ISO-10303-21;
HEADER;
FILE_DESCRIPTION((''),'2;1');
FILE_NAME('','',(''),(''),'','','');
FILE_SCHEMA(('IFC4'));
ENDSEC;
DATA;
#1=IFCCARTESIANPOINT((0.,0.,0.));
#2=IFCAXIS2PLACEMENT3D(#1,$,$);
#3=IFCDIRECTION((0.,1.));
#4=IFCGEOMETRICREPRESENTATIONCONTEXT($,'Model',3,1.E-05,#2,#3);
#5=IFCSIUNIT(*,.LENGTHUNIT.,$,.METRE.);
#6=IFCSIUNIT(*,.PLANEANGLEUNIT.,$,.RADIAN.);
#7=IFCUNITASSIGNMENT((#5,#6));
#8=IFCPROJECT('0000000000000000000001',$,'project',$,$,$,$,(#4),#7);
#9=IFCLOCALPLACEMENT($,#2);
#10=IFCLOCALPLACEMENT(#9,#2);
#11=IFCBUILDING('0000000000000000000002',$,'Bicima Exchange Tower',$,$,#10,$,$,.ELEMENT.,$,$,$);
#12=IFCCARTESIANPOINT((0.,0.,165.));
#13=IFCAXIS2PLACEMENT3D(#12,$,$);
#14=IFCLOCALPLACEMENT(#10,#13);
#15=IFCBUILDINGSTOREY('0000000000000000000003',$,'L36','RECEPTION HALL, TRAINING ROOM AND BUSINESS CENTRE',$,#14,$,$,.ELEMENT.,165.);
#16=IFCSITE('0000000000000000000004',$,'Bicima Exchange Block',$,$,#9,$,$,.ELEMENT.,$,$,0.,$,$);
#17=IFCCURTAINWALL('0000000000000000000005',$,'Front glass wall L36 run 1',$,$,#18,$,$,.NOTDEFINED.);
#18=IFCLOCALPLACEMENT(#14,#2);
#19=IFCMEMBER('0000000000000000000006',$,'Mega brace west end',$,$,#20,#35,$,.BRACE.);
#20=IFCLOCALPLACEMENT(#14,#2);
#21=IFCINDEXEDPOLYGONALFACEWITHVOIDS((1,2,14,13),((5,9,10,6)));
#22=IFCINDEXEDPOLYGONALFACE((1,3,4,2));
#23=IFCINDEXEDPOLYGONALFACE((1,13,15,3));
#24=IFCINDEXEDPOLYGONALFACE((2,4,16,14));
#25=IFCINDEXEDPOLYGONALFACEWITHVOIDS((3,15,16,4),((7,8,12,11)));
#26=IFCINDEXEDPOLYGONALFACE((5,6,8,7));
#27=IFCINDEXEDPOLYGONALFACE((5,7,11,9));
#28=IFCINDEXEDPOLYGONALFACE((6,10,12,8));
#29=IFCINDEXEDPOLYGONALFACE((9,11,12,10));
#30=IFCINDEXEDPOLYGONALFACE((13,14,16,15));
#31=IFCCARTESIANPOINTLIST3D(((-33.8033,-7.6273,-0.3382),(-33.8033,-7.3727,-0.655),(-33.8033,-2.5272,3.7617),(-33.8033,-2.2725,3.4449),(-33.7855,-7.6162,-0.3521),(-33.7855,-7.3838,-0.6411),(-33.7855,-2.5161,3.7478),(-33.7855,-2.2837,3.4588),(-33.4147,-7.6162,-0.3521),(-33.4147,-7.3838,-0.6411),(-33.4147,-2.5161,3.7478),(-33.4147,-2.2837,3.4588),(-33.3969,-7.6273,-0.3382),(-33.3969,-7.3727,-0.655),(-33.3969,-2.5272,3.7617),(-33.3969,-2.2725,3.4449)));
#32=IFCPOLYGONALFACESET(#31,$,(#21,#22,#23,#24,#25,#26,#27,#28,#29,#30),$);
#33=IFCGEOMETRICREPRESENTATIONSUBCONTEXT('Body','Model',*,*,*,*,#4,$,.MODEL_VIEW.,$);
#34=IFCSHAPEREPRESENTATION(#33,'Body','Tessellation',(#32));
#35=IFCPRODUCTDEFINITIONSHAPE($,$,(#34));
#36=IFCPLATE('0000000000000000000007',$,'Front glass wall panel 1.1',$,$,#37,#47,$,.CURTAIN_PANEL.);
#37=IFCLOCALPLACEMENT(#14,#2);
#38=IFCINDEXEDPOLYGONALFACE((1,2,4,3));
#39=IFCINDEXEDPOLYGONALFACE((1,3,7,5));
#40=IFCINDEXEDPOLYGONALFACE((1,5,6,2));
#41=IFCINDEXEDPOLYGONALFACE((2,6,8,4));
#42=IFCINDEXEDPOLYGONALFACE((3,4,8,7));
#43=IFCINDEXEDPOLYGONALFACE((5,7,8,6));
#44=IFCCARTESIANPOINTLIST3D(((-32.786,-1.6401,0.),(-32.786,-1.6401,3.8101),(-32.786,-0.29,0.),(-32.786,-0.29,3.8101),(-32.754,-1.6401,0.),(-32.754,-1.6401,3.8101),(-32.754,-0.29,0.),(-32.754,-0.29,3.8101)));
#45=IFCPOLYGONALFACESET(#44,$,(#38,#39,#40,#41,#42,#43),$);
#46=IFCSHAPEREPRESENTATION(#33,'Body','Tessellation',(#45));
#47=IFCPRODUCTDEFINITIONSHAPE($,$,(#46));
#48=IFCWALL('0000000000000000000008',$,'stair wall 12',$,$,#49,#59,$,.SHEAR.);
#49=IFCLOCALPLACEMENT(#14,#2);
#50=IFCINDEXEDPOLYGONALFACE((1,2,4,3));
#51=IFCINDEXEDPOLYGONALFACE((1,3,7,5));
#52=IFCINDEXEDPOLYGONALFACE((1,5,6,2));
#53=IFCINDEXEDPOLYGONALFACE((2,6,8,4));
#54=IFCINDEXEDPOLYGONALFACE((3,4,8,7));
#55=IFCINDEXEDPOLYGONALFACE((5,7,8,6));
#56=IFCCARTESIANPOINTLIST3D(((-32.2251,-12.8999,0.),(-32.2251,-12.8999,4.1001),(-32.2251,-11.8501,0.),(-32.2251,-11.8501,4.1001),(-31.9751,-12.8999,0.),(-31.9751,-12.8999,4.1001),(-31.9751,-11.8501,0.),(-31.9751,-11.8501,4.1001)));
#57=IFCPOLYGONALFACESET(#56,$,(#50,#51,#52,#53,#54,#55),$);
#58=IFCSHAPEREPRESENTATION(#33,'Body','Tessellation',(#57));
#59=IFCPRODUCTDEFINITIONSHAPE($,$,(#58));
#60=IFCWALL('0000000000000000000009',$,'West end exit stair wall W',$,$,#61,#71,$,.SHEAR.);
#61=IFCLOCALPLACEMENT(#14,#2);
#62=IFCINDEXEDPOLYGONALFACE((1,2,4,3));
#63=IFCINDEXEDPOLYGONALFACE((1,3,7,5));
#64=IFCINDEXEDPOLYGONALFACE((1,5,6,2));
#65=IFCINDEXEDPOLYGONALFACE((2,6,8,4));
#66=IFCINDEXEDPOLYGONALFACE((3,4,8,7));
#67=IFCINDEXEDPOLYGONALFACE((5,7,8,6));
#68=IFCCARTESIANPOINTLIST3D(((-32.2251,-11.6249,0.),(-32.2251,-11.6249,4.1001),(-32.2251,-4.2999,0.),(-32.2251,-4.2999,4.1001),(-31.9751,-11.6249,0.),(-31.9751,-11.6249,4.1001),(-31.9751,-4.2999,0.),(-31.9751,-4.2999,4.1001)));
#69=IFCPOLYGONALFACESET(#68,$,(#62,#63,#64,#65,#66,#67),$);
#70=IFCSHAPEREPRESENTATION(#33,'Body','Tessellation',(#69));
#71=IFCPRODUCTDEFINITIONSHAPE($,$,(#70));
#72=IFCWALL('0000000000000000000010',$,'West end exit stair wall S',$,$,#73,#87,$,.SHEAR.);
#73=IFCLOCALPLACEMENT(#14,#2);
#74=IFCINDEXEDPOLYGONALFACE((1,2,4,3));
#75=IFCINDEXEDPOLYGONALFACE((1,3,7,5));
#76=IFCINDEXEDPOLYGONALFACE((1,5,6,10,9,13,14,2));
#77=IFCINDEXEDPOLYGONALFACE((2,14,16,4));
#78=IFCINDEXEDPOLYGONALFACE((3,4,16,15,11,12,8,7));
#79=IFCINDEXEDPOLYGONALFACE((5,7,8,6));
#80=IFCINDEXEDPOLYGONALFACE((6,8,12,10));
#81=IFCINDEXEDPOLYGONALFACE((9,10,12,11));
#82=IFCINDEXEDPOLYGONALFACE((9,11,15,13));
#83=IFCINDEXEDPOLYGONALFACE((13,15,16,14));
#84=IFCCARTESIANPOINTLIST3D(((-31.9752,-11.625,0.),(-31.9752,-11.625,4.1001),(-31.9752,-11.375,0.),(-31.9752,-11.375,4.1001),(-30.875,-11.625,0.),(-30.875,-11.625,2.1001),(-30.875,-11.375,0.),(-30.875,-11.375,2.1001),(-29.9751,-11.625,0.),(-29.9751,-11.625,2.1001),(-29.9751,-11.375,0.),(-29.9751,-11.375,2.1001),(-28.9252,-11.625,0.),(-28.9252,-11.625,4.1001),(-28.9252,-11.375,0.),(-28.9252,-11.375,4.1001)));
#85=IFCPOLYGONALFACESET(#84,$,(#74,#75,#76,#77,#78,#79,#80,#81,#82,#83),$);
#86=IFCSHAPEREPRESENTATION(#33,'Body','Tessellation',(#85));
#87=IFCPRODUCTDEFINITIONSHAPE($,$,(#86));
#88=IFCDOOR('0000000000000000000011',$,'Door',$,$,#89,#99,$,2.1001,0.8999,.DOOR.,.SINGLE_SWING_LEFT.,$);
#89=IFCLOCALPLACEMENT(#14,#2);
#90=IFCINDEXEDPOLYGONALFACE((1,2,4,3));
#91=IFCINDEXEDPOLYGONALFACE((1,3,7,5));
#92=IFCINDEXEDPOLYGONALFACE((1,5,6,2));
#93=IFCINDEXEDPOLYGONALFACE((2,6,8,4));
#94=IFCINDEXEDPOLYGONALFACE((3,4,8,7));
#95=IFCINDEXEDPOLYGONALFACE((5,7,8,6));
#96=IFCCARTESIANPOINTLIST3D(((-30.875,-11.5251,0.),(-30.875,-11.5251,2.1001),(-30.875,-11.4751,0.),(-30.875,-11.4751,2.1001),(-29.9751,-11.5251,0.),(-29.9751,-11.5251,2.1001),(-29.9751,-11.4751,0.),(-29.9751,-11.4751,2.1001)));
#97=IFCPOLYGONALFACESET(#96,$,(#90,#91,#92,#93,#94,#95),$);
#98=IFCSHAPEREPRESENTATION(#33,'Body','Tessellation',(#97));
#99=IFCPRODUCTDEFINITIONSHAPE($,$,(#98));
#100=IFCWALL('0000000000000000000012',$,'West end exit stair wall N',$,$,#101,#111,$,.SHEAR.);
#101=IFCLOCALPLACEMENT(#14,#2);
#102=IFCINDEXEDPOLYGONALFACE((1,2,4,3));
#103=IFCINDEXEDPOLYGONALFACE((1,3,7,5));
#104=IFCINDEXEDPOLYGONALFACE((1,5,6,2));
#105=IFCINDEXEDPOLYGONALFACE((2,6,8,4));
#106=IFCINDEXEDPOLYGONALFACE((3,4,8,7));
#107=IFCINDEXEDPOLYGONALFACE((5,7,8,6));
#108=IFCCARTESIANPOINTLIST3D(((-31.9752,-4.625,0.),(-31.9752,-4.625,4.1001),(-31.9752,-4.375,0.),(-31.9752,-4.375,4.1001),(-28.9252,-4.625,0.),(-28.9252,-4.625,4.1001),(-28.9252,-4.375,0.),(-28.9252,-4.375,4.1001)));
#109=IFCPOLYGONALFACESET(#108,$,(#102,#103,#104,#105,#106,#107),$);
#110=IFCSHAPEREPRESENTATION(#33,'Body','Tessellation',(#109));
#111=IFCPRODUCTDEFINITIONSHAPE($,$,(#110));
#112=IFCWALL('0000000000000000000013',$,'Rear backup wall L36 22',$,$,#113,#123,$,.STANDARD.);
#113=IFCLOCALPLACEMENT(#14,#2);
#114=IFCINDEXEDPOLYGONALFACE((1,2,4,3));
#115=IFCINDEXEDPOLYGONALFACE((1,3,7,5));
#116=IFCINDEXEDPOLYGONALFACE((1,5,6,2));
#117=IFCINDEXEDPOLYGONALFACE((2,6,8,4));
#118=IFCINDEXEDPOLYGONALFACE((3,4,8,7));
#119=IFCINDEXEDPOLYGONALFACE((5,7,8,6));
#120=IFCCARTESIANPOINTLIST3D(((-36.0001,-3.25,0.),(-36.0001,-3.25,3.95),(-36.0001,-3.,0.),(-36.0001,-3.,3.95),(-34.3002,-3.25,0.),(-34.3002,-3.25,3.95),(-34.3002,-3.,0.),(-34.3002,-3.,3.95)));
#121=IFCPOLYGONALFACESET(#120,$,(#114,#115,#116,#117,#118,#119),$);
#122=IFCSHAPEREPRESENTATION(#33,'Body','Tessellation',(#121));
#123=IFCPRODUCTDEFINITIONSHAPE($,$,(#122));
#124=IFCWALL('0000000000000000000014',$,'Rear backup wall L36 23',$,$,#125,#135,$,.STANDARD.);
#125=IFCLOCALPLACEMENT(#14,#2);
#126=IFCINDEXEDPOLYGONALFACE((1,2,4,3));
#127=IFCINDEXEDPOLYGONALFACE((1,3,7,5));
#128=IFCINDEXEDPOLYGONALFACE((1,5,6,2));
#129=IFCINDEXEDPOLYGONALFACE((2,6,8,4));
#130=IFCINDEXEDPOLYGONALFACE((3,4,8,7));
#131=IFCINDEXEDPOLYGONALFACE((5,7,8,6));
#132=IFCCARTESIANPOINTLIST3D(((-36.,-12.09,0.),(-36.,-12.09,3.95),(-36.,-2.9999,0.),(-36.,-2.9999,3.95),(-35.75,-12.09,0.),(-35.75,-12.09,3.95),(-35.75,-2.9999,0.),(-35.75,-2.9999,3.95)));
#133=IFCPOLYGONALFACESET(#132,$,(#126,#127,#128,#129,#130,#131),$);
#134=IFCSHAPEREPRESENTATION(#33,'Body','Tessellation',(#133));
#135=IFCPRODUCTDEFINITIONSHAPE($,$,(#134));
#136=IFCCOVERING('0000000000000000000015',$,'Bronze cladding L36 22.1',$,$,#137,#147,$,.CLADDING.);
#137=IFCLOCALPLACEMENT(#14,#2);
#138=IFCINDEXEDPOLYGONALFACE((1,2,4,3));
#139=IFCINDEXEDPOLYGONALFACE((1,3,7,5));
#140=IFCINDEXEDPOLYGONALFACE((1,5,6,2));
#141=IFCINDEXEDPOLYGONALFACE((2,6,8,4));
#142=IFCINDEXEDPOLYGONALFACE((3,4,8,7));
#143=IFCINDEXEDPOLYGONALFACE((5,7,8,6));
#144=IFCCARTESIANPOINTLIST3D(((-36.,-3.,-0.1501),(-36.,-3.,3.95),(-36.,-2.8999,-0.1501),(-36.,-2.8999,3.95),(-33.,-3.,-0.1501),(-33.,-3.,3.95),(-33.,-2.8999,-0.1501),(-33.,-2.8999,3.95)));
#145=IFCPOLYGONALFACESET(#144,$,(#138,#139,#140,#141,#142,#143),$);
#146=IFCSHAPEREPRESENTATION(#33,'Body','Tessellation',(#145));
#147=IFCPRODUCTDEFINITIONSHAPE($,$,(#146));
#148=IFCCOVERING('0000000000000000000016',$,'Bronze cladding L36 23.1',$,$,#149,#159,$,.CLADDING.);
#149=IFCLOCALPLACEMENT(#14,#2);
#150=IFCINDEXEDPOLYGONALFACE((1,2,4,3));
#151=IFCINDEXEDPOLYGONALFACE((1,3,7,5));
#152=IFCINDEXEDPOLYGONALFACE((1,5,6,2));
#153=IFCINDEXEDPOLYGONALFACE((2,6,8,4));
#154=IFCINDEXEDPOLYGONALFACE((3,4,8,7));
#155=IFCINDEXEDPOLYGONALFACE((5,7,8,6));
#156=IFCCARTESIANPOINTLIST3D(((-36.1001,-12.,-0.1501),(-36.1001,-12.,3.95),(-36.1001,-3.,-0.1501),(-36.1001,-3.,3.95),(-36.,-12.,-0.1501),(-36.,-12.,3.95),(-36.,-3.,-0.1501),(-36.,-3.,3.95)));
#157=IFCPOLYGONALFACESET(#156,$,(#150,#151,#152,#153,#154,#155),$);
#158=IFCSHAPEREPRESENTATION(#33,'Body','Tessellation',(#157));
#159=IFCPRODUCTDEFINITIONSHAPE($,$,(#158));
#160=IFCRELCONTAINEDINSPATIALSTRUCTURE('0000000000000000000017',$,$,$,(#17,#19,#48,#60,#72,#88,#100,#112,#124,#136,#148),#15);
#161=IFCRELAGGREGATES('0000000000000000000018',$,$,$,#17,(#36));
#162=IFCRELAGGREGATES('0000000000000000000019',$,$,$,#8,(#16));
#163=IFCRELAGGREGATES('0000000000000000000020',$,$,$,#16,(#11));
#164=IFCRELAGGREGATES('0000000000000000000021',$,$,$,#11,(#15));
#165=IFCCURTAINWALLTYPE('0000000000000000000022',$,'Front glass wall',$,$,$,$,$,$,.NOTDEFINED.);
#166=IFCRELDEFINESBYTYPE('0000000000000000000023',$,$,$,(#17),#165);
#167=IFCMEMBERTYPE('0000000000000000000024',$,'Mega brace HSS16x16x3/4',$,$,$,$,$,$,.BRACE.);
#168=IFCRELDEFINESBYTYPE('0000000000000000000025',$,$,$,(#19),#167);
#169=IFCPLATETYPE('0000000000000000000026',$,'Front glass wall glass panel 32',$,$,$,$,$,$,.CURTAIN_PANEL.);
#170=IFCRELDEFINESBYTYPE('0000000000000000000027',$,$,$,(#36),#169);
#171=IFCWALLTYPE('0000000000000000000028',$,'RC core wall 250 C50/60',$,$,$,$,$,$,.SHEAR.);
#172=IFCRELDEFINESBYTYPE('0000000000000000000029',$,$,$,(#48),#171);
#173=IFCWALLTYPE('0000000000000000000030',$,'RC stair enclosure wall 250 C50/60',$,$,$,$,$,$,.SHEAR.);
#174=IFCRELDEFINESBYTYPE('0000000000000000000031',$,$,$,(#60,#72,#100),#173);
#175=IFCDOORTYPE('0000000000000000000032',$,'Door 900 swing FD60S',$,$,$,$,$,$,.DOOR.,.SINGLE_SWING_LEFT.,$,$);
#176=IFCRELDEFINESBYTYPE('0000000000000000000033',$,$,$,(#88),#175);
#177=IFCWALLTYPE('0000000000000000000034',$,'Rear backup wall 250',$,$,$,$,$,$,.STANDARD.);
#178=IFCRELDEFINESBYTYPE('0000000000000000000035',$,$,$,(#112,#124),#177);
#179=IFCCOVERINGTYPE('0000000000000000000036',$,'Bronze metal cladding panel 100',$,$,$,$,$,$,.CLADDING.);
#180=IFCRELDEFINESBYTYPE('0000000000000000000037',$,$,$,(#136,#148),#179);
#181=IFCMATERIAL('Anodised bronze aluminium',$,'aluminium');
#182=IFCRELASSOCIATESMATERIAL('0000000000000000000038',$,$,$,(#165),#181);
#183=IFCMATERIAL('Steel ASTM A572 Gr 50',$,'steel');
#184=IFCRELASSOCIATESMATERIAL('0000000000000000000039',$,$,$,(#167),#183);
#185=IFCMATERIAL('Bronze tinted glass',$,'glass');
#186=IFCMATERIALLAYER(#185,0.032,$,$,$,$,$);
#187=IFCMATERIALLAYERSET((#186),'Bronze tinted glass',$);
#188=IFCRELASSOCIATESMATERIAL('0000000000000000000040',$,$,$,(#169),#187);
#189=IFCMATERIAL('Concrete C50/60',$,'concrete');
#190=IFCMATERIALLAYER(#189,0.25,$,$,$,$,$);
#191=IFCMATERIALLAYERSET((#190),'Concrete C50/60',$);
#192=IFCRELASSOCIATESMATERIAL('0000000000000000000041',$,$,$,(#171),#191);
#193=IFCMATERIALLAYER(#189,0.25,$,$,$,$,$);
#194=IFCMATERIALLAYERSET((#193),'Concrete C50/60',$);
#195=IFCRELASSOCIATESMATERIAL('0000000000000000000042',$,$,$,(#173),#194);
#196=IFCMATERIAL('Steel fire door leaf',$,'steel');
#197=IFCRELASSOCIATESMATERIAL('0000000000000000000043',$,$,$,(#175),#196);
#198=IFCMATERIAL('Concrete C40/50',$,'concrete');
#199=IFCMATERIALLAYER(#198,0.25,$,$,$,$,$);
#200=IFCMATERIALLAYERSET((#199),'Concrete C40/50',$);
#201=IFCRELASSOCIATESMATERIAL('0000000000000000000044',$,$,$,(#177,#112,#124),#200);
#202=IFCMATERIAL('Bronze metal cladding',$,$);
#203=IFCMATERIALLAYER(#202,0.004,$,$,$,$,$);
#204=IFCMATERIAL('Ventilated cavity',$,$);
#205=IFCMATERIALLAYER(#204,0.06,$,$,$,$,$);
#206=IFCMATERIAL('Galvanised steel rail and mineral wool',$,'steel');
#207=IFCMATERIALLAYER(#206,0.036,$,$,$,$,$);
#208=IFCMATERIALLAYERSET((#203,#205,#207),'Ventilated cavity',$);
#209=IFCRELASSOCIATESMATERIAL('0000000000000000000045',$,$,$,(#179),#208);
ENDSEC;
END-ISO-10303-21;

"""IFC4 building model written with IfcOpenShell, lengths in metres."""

from ifc_helpers import new_model, si_unit, direction, frame, frame_2d, origin, origin_2d, place, context, subcontext, project, spatial, rectangle, hollow_rectangle, extrude, material, layer, layer_set, layer_usage, material_profile, profile_set, type_object, element, fill, aggregate, save


model = new_model("IFC4")

# Units and contexts
model_context = context("Model", 3, precision=1e-05, world=origin(), true_north=direction((0.0, 1.0)))
body_context = subcontext(model_context, "Body", "Model", "MODEL_VIEW")
ifc_project = project(units=[si_unit("LENGTHUNIT", "METRE"), si_unit("PLANEANGLEUNIT", "RADIAN")], contexts=[model_context])

# Site, building, storey
site_placement = place(None, origin())
site = spatial("IfcSite", under=ifc_project, at=site_placement, Name="Bicima Exchange Block", CompositionType="ELEMENT", RefElevation=0.0)
building_placement = place(site_placement, origin())
building = spatial("IfcBuilding", under=site, at=building_placement, Name="Bicima Exchange Tower", CompositionType="ELEMENT")
storey_placement = place(building_placement, frame((0.0, 0.0, 165.0)))
storey = spatial("IfcBuildingStorey", under=building, at=storey_placement, Name="L36", Description="RECEPTION HALL, TRAINING ROOM AND BUSINESS CENTRE", CompositionType="ELEMENT", Elevation=165.0)

# Shared definitions
ifc_material_1 = material(Name="Steel ASTM A572 Gr 50", Category="steel")

# Shared definitions
ifc_material_2 = material(Name="Anodised bronze aluminium", Category="aluminium")

# Curtain wall
curtain_wall_type_1 = type_object("IfcCurtainWallType", Name="Front glass wall", PredefinedType="NOTDEFINED", material=ifc_material_2)
curtain_wall_1_placement = place(storey_placement, origin())
curtain_wall_1 = element("IfcCurtainWall", 1, at=curtain_wall_1_placement, inside=storey, type_object=curtain_wall_type_1, Name="Front glass wall L36 run 1", PredefinedType="NOTDEFINED")

# Member
ifc_material_profile_1 = material_profile(ifc_material_1, hollow_rectangle(XDim=0.4065, YDim=0.4065, WallThickness=0.0178, at=origin_2d()))
ifc_profile_set_1 = profile_set([ifc_material_profile_1], Name="Steel ASTM A572 Gr 50")
member_type_1 = type_object("IfcMemberType", Name="Mega brace HSS16x16x3/4", PredefinedType="BRACE", material=ifc_profile_set_1)
for number, where, z_axis, x_axis, name in (
    (2, (-33.6001, -7.5, -0.4966), (0.0, 0.779392, 0.626536), (-1.0, 0.0, 0.0), "Mega brace west end"),
):
    element("IfcMember", number, at=place(storey_placement, frame(where, z_axis=z_axis, x_axis=x_axis)), inside=storey, type_object=member_type_1, Name=name, PredefinedType="BRACE", context=body_context, shape_type="SweptSolid", body=[
        extrude(hollow_rectangle(XDim=0.4065, YDim=0.4065, WallThickness=0.0178, at=origin_2d()), origin(), (0.0, 0.0, 1.0), 6.5437),
    ])

# Plate
ifc_material_3 = material(Name="Bronze tinted glass", Category="glass")
ifc_layer_1 = layer(ifc_material_3, 0.032)
ifc_layer_set_1 = layer_set([ifc_layer_1], Name="Bronze tinted glass")
plate_type = type_object("IfcPlateType", Name="Front glass wall glass panel 32", PredefinedType="CURTAIN_PANEL", material=ifc_layer_set_1)
plate_placement = place(storey_placement, frame((-32.77, -0.9651, 0.0), z_axis=(0.0, 0.0, 1.0), x_axis=(0.0, -1.0, 0.0)))
plate = element("IfcPlate", 3, at=plate_placement, type_object=plate_type, Name="Front glass wall panel 1.1", PredefinedType="CURTAIN_PANEL", context=body_context, shape_type="SweptSolid", body=[
    extrude(rectangle(XDim=1.3501, YDim=0.032, at=origin_2d()), origin(), (0.0, 0.0, 1.0), 3.8101),
])
aggregate(curtain_wall_1, [plate])

# Walls
ifc_material_4 = material(Name="Concrete C50/60", Category="concrete")
ifc_layer_2 = layer(ifc_material_4, 0.25)
ifc_layer_set_2 = layer_set([ifc_layer_2], Name="Concrete C50/60")
wall_type_1 = type_object("IfcWallType", Name="RC core wall 250 C50/60", PredefinedType="SHEAR", material=ifc_layer_set_2)
wall_1_placement = place(storey_placement, frame((-32.1001, -12.8999, 0.0), z_axis=(0.0, 0.0, 1.0), x_axis=(0.0, 1.0, 0.0)))
element("IfcWall", 4, at=wall_1_placement, inside=storey, type_object=wall_type_1, Name="stair wall 12", PredefinedType="SHEAR", context=body_context, shape_type="SweptSolid", body=[
    extrude(rectangle(XDim=1.0498, YDim=0.25, at=frame_2d((0.5249, 0.0))), origin(), (0.0, 0.0, 1.0), 4.1001),
])
ifc_layer_3 = layer(ifc_material_4, 0.25)
ifc_layer_set_3 = layer_set([ifc_layer_3], Name="Concrete C50/60")
wall_type_2 = type_object("IfcWallType", Name="RC stair enclosure wall 250 C50/60", PredefinedType="SHEAR", material=ifc_layer_set_3)
wall_2_placement = place(storey_placement, frame((-32.1001, -11.625, 0.0), z_axis=(0.0, 0.0, 1.0), x_axis=(0.0, 1.0, 0.0)))
element("IfcWall", 5, at=wall_2_placement, inside=storey, type_object=wall_type_2, Name="West end exit stair wall W", PredefinedType="SHEAR", context=body_context, shape_type="SweptSolid", body=[
    extrude(rectangle(XDim=7.325, YDim=0.25, at=frame_2d((3.6626, 0.0))), origin(), (0.0, 0.0, 1.0), 4.1001),
])

# Wall, opening, door
wall_3_placement = place(storey_placement, frame((-31.9751, -11.5, 0.0), z_axis=(0.0, 0.0, 1.0), x_axis=(1.0, 0.0, 0.0)))
wall_3 = element("IfcWall", 6, at=wall_3_placement, inside=storey, type_object=wall_type_2, Name="West end exit stair wall S", PredefinedType="SHEAR", context=body_context, shape_type="SweptSolid", body=[
    extrude(rectangle(XDim=3.05, YDim=0.25, at=frame_2d((1.5249, 0.0))), origin(), (0.0, 0.0, 1.0), 4.1001),
])
opening_placement = place(wall_3_placement, frame((1.1001, 0.0, 0.0)))
opening = element("IfcOpeningElement", 7, at=opening_placement, cuts=wall_3, PredefinedType="OPENING", context=body_context, shape_type="SweptSolid", body=[
    extrude(rectangle(XDim=0.8999, YDim=2.1001, at=frame_2d((0.45, 1.05))), frame((0.0, 0.137, 0.0), z_axis=(0.0, -1.0, 0.0), x_axis=(1.0, 0.0, 0.0)), (0.0, 0.0, 1.0), 0.2739),
])
ifc_material_5 = material(Name="Steel fire door leaf", Category="steel")
door_type = type_object("IfcDoorType", Name="Door 900 swing FD60S", OperationType="SINGLE_SWING_LEFT", PredefinedType="DOOR", material=ifc_material_5)
door_placement = place(opening_placement, origin())
door = element("IfcDoor", 8, at=door_placement, inside=storey, type_object=door_type, Name="Door", OperationType="SINGLE_SWING_LEFT", OverallHeight=2.1001, OverallWidth=0.8999, PredefinedType="DOOR", context=body_context, shape_type="SweptSolid", body=[
    extrude(rectangle(XDim=0.8999, YDim=2.1001, at=frame_2d((0.45, 1.05))), frame((0.0, 0.0249, 0.0), z_axis=(0.0, -1.0, 0.0), x_axis=(1.0, 0.0, 0.0)), (0.0, 0.0, 1.0), 0.05),
])
fill(opening, door)

# Walls
wall_4_placement = place(storey_placement, frame((-31.9751, -4.5, 0.0), z_axis=(0.0, 0.0, 1.0), x_axis=(1.0, 0.0, 0.0)))
element("IfcWall", 9, at=wall_4_placement, inside=storey, type_object=wall_type_2, Name="West end exit stair wall N", PredefinedType="SHEAR", context=body_context, shape_type="SweptSolid", body=[
    extrude(rectangle(XDim=3.05, YDim=0.25, at=frame_2d((1.5249, 0.0))), origin(), (0.0, 0.0, 1.0), 4.1001),
])
ifc_material_6 = material(Name="Concrete C40/50", Category="concrete")
ifc_layer_4 = layer(ifc_material_6, 0.25)
ifc_layer_set_4 = layer_set([ifc_layer_4], Name="Concrete C40/50")
ifc_layer_usage = layer_usage(ifc_layer_set_4, "AXIS2", "POSITIVE", -0.125)
wall_type_3 = type_object("IfcWallType", Name="Rear backup wall 250", PredefinedType="STANDARD", material=ifc_layer_set_4)
wall_5_placement = place(storey_placement, frame((-34.3, -3.125, 0.0), z_axis=(0.0, 0.0, 1.0), x_axis=(-1.0, 0.0, 0.0)))
element("IfcWall", 10, at=wall_5_placement, inside=storey, type_object=wall_type_3, material=ifc_layer_usage, Name="Rear backup wall L36 22", PredefinedType="STANDARD", context=body_context, shape_type="SweptSolid", body=[
    extrude(rectangle(XDim=1.7, YDim=0.25, at=frame_2d((0.8501, 0.0))), origin(), (0.0, 0.0, 1.0), 3.95),
])
wall_6_placement = place(storey_placement, frame((-35.875, -3.0, 0.0), z_axis=(0.0, 0.0, 1.0), x_axis=(0.0, -1.0, 0.0)))
element("IfcWall", 11, at=wall_6_placement, inside=storey, type_object=wall_type_3, material=ifc_layer_usage, Name="Rear backup wall L36 23", PredefinedType="STANDARD", context=body_context, shape_type="SweptSolid", body=[
    extrude(rectangle(XDim=9.0901, YDim=0.25, at=frame_2d((4.5449, 0.0))), origin(), (0.0, 0.0, 1.0), 3.95),
])

# Coverings
ifc_material_7 = material(Name="Bronze metal cladding")
ifc_layer_5 = layer(ifc_material_7, 0.004)
ifc_material_8 = material(Name="Ventilated cavity")
ifc_layer_6 = layer(ifc_material_8, 0.06)
ifc_material_9 = material(Name="Galvanised steel rail and mineral wool", Category="steel")
ifc_layer_7 = layer(ifc_material_9, 0.036)
ifc_layer_set_5 = layer_set([ifc_layer_5, ifc_layer_6, ifc_layer_7], Name="Ventilated cavity")
covering_type = type_object("IfcCoveringType", Name="Bronze metal cladding panel 100", PredefinedType="CLADDING", material=ifc_layer_set_5)
covering_1_placement = place(storey_placement, frame((-34.5, -2.95, -0.1501), z_axis=(0.0, 0.0, 1.0), x_axis=(-1.0, 0.0, 0.0)))
element("IfcCovering", 12, at=covering_1_placement, inside=storey, type_object=covering_type, Name="Bronze cladding L36 22.1", PredefinedType="CLADDING", context=body_context, shape_type="SweptSolid", body=[
    extrude(rectangle(XDim=3.0, YDim=0.1001, at=origin_2d()), origin(), (0.0, 0.0, 1.0), 4.1001),
])
covering_2_placement = place(storey_placement, frame((-36.05, -7.5, -0.1501), z_axis=(0.0, 0.0, 1.0), x_axis=(0.0, -1.0, 0.0)))
element("IfcCovering", 13, at=covering_2_placement, inside=storey, type_object=covering_type, Name="Bronze cladding L36 23.1", PredefinedType="CLADDING", context=body_context, shape_type="SweptSolid", body=[
    extrude(rectangle(XDim=9.0, YDim=0.1001, at=origin_2d()), origin(), (0.0, 0.0, 1.0), 4.1001),
])

save(model, "model.ifc")
